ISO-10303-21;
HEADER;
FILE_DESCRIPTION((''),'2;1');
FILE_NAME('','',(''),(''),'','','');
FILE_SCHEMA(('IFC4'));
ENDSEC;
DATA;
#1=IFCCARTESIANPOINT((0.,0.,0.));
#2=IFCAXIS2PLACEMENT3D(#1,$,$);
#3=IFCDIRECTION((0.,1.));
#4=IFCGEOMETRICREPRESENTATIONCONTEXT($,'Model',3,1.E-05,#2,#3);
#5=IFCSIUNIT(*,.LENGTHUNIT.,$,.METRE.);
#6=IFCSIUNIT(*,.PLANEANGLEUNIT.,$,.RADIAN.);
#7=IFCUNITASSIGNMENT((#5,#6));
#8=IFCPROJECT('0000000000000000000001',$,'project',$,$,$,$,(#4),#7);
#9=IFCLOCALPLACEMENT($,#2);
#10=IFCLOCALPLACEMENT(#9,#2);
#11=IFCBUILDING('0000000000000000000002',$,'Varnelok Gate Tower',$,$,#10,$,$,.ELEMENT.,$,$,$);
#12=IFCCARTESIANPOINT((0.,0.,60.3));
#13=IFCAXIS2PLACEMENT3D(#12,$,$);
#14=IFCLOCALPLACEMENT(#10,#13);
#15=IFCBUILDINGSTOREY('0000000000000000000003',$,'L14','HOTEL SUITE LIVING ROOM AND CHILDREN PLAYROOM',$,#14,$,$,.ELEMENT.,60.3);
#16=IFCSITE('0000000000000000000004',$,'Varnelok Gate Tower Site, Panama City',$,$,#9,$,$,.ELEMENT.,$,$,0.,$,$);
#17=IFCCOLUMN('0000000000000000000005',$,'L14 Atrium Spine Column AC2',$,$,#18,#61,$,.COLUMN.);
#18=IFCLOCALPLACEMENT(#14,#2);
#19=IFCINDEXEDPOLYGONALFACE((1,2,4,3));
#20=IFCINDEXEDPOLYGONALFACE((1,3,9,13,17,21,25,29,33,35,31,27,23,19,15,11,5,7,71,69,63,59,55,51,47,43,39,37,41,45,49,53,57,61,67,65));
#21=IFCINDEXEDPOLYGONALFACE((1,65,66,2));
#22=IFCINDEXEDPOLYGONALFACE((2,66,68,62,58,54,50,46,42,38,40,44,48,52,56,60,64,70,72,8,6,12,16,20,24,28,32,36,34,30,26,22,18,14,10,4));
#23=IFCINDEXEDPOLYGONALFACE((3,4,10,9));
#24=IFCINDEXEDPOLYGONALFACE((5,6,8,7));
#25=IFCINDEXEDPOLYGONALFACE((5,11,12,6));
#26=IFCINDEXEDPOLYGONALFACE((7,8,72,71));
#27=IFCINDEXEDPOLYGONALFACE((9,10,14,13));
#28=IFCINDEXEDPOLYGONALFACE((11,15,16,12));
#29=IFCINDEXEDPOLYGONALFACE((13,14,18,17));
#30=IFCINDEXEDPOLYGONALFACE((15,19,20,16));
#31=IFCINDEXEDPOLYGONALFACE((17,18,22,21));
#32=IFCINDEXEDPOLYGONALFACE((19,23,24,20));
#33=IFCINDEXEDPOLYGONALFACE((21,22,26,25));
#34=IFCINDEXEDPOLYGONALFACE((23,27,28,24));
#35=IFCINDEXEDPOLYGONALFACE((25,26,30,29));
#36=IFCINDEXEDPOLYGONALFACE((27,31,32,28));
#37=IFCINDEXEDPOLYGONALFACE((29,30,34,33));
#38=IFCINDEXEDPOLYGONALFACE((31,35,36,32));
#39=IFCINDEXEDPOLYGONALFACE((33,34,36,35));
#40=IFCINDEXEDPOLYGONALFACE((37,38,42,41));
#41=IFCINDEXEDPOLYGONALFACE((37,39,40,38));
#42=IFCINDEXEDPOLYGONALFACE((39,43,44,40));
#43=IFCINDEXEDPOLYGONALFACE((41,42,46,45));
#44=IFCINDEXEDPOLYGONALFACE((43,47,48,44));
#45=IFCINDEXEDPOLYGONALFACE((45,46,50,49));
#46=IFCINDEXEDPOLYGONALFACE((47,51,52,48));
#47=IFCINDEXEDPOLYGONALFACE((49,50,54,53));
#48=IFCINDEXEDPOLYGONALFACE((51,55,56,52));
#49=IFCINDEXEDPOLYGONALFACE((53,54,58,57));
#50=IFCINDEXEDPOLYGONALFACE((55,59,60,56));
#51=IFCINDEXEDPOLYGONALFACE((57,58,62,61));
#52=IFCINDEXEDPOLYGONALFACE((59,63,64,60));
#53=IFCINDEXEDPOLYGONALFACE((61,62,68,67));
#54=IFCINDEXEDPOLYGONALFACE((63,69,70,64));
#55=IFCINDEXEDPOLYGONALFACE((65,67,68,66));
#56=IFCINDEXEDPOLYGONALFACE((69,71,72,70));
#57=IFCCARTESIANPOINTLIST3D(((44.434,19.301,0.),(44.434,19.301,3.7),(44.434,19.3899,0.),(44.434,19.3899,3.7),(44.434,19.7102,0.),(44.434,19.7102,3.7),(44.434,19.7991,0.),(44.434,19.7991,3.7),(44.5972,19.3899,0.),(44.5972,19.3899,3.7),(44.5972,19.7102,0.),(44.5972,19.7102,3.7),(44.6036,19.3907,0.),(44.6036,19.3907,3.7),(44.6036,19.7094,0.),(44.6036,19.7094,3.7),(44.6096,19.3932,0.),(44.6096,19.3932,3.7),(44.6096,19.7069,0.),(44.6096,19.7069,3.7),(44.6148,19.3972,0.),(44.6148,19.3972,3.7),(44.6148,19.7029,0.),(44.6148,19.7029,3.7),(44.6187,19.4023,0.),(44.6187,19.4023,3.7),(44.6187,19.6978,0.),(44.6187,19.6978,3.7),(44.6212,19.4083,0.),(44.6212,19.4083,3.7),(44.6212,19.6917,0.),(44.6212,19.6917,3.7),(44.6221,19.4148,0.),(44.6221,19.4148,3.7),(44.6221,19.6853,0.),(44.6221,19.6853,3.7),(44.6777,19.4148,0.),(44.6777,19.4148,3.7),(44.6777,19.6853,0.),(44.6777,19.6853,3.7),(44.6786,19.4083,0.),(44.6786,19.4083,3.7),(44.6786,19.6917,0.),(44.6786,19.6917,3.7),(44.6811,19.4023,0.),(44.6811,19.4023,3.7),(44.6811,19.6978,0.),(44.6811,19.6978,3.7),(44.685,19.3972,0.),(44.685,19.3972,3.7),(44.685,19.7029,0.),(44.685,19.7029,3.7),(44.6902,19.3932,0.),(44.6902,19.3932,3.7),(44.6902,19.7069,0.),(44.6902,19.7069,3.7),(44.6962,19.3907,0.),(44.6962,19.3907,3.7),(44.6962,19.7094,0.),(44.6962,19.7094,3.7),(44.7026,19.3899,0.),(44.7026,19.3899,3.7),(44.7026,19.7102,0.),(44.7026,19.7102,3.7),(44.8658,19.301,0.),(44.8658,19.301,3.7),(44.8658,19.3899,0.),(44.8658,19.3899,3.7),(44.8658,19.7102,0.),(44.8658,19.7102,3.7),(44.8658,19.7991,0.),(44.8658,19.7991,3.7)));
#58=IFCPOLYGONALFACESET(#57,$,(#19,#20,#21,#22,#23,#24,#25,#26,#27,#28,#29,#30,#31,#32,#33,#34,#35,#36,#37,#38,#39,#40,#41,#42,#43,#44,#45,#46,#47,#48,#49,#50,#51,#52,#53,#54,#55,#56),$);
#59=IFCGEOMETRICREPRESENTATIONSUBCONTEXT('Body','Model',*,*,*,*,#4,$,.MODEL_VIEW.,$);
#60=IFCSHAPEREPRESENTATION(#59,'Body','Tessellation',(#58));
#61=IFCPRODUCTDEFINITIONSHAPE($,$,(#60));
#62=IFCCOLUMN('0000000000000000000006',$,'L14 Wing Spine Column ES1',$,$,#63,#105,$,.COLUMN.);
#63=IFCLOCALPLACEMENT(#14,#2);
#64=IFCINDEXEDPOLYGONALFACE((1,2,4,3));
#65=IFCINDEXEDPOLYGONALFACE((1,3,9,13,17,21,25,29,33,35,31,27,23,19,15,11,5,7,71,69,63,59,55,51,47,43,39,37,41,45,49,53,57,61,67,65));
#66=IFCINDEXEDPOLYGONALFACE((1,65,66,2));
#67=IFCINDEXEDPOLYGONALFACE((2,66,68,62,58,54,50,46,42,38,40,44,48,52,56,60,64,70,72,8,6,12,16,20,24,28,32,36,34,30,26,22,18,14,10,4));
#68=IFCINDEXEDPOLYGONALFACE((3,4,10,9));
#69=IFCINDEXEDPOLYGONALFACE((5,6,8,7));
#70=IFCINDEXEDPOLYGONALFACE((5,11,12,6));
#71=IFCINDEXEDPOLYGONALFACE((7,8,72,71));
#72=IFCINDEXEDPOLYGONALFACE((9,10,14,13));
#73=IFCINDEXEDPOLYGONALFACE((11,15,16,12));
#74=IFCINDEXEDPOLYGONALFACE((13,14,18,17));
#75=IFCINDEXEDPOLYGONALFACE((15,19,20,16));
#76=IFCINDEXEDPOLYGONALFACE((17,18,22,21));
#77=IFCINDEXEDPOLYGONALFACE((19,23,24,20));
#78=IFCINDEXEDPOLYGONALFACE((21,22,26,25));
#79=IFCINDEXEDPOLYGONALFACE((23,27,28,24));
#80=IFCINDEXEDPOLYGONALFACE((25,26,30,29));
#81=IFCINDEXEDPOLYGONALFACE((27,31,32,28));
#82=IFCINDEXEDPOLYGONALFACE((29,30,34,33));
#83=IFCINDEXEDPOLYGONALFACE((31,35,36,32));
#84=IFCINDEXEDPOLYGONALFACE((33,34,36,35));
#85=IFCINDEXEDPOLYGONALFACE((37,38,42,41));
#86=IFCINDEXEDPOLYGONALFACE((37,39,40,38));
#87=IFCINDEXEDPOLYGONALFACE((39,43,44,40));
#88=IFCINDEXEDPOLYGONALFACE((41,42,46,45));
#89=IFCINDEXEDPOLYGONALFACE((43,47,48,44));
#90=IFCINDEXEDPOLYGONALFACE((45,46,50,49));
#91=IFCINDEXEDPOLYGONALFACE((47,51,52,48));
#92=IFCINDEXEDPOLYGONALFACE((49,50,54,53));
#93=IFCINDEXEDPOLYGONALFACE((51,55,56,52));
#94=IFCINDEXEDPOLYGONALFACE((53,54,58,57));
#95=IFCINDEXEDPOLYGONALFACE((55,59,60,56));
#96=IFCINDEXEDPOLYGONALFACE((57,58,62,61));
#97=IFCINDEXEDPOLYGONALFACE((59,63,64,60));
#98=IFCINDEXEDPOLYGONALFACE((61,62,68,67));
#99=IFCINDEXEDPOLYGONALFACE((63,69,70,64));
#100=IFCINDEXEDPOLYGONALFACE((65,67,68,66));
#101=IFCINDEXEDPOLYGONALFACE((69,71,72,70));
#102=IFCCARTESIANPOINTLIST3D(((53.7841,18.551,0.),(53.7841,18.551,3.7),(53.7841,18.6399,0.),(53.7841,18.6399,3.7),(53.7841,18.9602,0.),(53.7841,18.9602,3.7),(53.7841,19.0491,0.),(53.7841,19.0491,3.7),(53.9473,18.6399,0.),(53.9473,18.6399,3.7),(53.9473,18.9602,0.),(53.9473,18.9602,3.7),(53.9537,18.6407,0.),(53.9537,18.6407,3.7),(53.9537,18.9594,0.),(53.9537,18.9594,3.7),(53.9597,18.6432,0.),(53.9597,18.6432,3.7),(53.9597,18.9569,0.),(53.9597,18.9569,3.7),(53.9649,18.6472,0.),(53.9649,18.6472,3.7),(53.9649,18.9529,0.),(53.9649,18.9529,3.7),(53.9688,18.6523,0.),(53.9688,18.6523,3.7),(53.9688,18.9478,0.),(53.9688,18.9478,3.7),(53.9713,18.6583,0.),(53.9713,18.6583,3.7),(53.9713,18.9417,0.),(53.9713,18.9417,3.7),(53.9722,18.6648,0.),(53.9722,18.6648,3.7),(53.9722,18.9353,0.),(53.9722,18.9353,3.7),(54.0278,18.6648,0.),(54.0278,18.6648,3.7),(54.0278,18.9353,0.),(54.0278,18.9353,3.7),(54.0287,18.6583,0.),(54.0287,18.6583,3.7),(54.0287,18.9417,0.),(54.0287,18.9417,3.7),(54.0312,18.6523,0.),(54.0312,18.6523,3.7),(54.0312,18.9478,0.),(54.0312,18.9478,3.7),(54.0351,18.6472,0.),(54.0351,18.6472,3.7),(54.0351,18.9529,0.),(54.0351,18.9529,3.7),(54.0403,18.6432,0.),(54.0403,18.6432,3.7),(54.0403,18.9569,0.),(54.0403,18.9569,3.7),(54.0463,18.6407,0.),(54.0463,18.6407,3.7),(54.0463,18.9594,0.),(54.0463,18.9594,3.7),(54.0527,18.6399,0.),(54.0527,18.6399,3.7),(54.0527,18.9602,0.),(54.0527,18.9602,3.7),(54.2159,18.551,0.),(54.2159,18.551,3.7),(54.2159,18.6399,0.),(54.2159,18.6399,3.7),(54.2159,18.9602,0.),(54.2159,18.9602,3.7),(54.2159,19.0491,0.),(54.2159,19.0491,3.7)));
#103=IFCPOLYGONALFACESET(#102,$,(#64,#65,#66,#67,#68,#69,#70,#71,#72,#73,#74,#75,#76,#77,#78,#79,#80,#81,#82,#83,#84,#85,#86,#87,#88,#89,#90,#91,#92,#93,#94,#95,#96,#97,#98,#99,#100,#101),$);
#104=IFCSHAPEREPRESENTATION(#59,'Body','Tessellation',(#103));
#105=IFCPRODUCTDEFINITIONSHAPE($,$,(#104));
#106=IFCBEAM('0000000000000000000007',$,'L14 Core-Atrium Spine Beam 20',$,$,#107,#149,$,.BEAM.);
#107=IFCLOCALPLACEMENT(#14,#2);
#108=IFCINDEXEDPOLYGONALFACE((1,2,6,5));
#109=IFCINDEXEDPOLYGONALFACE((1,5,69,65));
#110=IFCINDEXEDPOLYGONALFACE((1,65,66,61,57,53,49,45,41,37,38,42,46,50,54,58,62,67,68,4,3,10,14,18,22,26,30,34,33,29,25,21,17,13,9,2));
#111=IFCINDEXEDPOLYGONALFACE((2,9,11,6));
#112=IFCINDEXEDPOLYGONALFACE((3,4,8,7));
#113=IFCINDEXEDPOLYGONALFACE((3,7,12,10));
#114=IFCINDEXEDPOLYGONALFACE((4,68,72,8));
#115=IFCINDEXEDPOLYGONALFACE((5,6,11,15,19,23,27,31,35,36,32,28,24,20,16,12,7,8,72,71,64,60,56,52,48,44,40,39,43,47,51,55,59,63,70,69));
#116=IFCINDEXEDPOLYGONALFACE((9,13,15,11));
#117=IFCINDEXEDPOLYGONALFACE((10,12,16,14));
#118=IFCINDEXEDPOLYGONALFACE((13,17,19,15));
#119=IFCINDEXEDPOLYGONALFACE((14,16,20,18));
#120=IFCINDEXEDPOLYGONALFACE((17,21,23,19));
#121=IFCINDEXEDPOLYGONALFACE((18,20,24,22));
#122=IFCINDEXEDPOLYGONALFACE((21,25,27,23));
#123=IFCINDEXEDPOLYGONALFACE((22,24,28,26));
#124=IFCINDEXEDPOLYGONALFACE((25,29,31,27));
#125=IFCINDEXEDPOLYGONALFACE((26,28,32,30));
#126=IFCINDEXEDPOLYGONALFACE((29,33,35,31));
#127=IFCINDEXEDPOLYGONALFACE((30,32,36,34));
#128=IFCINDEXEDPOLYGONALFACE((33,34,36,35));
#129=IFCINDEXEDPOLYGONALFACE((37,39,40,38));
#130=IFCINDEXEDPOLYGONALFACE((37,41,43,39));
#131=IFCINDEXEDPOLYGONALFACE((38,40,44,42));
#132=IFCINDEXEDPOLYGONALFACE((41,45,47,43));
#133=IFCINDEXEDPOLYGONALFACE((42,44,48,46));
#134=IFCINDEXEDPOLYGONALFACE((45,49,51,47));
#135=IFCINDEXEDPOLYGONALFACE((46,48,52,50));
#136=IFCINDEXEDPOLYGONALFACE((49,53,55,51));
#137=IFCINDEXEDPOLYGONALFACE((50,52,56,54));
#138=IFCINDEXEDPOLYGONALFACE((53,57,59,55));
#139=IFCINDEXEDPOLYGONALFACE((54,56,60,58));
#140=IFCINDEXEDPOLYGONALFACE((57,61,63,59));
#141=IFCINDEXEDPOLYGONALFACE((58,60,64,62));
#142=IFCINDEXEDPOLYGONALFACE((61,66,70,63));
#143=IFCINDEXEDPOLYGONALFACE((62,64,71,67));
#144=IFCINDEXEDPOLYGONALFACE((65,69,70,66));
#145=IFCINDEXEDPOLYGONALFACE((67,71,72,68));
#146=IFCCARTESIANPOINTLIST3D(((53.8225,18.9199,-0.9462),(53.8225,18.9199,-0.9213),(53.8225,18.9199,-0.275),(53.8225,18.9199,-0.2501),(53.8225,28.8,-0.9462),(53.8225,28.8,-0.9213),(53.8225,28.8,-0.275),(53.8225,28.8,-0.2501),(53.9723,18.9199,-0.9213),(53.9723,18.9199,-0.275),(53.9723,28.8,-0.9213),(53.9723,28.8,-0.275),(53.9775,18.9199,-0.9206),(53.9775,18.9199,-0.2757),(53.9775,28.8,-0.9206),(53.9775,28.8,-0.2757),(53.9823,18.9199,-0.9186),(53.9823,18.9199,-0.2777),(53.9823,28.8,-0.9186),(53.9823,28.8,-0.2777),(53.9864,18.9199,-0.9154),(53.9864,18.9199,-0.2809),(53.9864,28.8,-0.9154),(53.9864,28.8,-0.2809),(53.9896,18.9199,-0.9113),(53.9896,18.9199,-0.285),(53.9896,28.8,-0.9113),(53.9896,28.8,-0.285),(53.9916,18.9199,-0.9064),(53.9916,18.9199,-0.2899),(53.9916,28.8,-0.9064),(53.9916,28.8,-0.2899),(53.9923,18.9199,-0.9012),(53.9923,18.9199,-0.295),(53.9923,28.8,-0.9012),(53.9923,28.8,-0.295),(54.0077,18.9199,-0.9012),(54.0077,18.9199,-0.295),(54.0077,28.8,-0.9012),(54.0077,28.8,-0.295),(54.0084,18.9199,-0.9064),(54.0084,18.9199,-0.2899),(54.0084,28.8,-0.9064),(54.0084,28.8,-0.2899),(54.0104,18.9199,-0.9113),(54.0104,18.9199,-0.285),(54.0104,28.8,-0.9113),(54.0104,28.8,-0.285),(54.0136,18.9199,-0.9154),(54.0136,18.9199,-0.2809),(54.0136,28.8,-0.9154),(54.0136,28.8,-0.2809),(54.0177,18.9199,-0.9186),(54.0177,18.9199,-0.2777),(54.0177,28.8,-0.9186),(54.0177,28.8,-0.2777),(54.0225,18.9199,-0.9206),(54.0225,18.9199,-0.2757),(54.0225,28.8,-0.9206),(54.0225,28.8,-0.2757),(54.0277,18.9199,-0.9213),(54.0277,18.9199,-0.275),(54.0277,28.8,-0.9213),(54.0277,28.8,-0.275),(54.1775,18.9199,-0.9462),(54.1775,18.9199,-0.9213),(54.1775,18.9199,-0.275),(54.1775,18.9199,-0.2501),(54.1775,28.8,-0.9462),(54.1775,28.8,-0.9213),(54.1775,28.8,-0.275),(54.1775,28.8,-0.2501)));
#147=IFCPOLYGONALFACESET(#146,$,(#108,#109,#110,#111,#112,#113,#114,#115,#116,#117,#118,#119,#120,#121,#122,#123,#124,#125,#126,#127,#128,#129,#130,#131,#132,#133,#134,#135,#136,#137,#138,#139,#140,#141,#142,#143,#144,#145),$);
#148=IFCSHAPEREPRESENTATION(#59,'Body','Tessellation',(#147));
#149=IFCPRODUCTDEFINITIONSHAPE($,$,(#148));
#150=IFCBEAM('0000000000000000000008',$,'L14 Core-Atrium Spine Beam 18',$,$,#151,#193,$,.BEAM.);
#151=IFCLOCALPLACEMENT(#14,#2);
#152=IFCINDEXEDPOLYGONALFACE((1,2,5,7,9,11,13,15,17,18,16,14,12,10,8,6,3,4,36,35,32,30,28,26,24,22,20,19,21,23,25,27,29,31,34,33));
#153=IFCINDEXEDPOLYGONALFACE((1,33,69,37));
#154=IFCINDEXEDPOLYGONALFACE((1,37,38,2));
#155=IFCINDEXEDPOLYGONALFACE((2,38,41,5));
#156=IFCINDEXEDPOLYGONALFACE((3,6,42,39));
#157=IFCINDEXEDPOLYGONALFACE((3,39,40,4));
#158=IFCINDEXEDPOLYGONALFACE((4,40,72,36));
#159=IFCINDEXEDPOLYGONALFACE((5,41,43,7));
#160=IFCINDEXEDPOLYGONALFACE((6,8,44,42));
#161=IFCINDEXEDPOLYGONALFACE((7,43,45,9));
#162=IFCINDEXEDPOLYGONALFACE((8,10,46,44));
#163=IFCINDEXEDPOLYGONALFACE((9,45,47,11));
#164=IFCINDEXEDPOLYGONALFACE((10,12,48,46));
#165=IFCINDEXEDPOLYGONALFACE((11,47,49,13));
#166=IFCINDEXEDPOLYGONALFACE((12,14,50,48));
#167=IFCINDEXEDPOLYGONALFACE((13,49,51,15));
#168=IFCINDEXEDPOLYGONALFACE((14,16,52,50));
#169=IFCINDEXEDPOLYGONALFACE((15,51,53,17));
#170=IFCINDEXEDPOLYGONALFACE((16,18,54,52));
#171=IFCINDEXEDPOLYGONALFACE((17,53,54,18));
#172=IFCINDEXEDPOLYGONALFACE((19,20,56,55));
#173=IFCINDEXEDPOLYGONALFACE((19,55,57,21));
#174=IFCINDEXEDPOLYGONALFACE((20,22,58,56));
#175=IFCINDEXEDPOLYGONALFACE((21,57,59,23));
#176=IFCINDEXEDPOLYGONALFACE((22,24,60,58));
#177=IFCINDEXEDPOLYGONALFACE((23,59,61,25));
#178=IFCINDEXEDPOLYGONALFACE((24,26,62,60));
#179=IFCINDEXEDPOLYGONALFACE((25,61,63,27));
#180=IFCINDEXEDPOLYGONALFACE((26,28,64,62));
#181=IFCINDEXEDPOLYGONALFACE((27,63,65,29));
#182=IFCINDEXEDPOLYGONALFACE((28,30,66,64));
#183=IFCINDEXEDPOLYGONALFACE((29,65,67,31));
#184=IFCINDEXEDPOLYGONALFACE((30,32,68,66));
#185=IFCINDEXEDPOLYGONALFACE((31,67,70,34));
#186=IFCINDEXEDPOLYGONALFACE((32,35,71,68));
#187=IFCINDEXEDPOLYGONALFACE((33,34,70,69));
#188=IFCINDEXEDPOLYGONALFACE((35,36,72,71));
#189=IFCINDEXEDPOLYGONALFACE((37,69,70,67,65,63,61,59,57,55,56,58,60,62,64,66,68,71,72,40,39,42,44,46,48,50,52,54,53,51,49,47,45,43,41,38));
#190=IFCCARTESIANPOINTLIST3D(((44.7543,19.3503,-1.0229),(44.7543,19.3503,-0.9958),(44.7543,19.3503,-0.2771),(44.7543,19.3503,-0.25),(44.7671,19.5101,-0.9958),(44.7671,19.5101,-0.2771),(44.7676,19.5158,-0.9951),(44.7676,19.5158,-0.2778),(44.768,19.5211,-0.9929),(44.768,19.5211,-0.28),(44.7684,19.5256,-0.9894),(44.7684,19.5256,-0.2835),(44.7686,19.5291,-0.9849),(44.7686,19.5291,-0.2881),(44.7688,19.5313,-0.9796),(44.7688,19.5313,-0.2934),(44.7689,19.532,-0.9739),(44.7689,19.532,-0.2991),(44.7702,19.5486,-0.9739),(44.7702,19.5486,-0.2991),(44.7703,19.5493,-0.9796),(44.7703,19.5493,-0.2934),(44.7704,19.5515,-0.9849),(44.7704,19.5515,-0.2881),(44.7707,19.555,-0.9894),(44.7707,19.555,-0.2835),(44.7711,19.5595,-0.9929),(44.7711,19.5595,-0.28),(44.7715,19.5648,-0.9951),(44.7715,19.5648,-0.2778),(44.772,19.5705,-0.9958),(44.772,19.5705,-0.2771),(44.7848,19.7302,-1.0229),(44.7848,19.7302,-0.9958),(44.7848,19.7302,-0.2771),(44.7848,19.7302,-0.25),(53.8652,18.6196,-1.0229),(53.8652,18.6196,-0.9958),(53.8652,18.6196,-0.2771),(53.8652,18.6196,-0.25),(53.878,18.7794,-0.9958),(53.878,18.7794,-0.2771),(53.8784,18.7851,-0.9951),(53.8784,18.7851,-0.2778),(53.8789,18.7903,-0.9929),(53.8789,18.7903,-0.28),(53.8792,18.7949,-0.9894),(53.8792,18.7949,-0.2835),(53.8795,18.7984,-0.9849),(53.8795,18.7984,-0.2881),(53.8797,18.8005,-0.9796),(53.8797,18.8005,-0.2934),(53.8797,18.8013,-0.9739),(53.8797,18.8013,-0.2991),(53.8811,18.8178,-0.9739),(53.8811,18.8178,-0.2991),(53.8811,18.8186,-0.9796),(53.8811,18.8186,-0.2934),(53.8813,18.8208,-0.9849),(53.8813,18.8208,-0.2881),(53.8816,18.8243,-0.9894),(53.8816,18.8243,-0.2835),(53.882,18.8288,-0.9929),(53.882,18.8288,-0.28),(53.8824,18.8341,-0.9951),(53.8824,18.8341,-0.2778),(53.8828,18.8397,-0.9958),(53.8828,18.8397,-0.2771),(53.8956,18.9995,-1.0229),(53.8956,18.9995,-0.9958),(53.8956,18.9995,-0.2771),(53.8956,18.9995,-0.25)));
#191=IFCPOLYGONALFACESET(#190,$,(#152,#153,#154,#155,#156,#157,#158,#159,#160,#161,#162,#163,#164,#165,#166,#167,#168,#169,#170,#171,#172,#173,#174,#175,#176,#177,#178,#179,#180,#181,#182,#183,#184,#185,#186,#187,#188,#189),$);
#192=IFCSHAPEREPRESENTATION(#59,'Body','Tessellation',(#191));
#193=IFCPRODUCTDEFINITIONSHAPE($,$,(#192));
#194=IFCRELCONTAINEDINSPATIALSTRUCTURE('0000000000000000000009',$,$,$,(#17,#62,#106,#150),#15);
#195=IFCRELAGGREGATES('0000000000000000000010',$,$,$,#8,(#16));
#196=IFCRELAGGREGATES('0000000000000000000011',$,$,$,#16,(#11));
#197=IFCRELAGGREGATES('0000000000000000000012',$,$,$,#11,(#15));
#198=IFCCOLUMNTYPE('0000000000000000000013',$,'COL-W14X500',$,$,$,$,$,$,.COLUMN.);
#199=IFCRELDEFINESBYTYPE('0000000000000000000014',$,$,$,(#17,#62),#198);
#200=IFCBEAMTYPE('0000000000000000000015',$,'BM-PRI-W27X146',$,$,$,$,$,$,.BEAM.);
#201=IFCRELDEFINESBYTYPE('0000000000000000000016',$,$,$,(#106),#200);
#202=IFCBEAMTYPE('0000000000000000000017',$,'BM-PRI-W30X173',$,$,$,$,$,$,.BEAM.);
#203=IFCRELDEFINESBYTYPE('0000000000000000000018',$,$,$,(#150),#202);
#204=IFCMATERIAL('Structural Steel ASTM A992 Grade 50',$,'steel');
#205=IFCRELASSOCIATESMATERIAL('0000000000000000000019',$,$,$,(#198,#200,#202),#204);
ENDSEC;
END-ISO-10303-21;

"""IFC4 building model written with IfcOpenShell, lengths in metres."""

from ifc_helpers import new_model, si_unit, direction, frame, origin, origin_2d, place, context, subcontext, project, spatial, i_section, extrude, material, material_profile, profile_set, type_object, element, save


model = new_model("IFC4")

# Units and contexts
model_context = context("Model", 3, precision=1e-05, world=origin(), true_north=direction((0.0, 1.0)))
body_context = subcontext(model_context, "Body", "Model", "MODEL_VIEW")
ifc_project = project(units=[si_unit("LENGTHUNIT", "METRE"), si_unit("PLANEANGLEUNIT", "RADIAN")], contexts=[model_context])

# Site, building, storey
site_placement = place(None, origin())
site = spatial("IfcSite", under=ifc_project, at=site_placement, Name="Varnelok Gate Tower Site, Panama City", CompositionType="ELEMENT", RefElevation=0.0)
building_placement = place(site_placement, origin())
building = spatial("IfcBuilding", under=site, at=building_placement, Name="Varnelok Gate Tower", CompositionType="ELEMENT")
storey_placement = place(building_placement, frame((0.0, 0.0, 60.3)))
storey = spatial("IfcBuildingStorey", under=building, at=storey_placement, Name="L14", Description="HOTEL SUITE LIVING ROOM AND CHILDREN PLAYROOM", CompositionType="ELEMENT", Elevation=60.3)

# Columns
ifc_material_1 = material(Name="Structural Steel ASTM A992 Grade 50", Category="steel")
ifc_material_profile_1 = material_profile(ifc_material_1, i_section(OverallWidth=0.4319, OverallDepth=0.498, WebThickness=0.0557, FlangeThickness=0.0889, FilletRadius=0.0249, at=origin_2d()), Name="W14X500")
ifc_profile_set_1 = profile_set([ifc_material_profile_1], Name="Structural Steel ASTM A992 Grade 50")
column_type = type_object("IfcColumnType", Name="COL-W14X500", PredefinedType="COLUMN", material=ifc_profile_set_1)
for number, where, z_axis, x_axis, name in (
    (1, (44.6499, 19.55, 0.0), (0.0, 0.0, 1.0), (1.0, 0.0, 0.0), "L14 Atrium Spine Column AC2"),
    (2, (54.0, 18.8, 0.0), (0.0, 0.0, 1.0), (1.0, 0.0, 0.0), "L14 Wing Spine Column ES1"),
):
    element("IfcColumn", number, at=place(storey_placement, frame(where, z_axis=z_axis, x_axis=x_axis)), inside=storey, type_object=column_type, Name=name, PredefinedType="COLUMN", context=body_context, shape_type="SweptSolid", body=[
        extrude(i_section(OverallWidth=0.4319, OverallDepth=0.498, WebThickness=0.0557, FlangeThickness=0.0889, FilletRadius=0.0249, at=origin_2d()), origin(), (0.0, 0.0, 1.0), 3.7),
    ])

# Beams
ifc_material_profile_2 = material_profile(ifc_material_1, i_section(OverallWidth=0.355, OverallDepth=0.696, WebThickness=0.0154, FlangeThickness=0.0249, FilletRadius=0.02, at=origin_2d()), Name="W27X146")
ifc_profile_set_2 = profile_set([ifc_material_profile_2], Name="Structural Steel ASTM A992 Grade 50")
beam_type_1 = type_object("IfcBeamType", Name="BM-PRI-W27X146", PredefinedType="BEAM", material=ifc_profile_set_2)
beam_1_placement = place(storey_placement, frame((54.0, 18.9199, -0.5981), z_axis=(0.0, 1.0, 0.0), x_axis=(-1.0, 0.0, 0.0)))
element("IfcBeam", 3, at=beam_1_placement, inside=storey, type_object=beam_type_1, Name="L14 Core-Atrium Spine Beam 20", PredefinedType="BEAM", context=body_context, shape_type="SweptSolid", body=[
    extrude(i_section(OverallWidth=0.355, OverallDepth=0.696, WebThickness=0.0154, FlangeThickness=0.0249, FilletRadius=0.02, at=origin_2d()), origin(), (0.0, 0.0, 1.0), 9.8801),
])
ifc_material_profile_3 = material_profile(ifc_material_1, i_section(OverallWidth=0.3811, OverallDepth=0.7729, WebThickness=0.0166, FlangeThickness=0.0271, FilletRadius=0.022, at=origin_2d()), Name="W30X173")
ifc_profile_set_3 = profile_set([ifc_material_profile_3], Name="Structural Steel ASTM A992 Grade 50")
beam_type_2 = type_object("IfcBeamType", Name="BM-PRI-W30X173", PredefinedType="BEAM", material=ifc_profile_set_3)
beam_2_placement = place(storey_placement, frame((44.7695, 19.5403, -0.6365), z_axis=(0.996799, -0.079946, 0.0), x_axis=(0.079946, 0.996799, 0.0)))
element("IfcBeam", 4, at=beam_2_placement, inside=storey, type_object=beam_type_2, Name="L14 Core-Atrium Spine Beam 18", PredefinedType="BEAM", context=body_context, shape_type="SweptSolid", body=[
    extrude(i_section(OverallWidth=0.3811, OverallDepth=0.7729, WebThickness=0.0166, FlangeThickness=0.0271, FilletRadius=0.022, at=origin_2d()), origin(), (0.0, 0.0, 1.0), 9.1401),
])

save(model, "model.ifc")
